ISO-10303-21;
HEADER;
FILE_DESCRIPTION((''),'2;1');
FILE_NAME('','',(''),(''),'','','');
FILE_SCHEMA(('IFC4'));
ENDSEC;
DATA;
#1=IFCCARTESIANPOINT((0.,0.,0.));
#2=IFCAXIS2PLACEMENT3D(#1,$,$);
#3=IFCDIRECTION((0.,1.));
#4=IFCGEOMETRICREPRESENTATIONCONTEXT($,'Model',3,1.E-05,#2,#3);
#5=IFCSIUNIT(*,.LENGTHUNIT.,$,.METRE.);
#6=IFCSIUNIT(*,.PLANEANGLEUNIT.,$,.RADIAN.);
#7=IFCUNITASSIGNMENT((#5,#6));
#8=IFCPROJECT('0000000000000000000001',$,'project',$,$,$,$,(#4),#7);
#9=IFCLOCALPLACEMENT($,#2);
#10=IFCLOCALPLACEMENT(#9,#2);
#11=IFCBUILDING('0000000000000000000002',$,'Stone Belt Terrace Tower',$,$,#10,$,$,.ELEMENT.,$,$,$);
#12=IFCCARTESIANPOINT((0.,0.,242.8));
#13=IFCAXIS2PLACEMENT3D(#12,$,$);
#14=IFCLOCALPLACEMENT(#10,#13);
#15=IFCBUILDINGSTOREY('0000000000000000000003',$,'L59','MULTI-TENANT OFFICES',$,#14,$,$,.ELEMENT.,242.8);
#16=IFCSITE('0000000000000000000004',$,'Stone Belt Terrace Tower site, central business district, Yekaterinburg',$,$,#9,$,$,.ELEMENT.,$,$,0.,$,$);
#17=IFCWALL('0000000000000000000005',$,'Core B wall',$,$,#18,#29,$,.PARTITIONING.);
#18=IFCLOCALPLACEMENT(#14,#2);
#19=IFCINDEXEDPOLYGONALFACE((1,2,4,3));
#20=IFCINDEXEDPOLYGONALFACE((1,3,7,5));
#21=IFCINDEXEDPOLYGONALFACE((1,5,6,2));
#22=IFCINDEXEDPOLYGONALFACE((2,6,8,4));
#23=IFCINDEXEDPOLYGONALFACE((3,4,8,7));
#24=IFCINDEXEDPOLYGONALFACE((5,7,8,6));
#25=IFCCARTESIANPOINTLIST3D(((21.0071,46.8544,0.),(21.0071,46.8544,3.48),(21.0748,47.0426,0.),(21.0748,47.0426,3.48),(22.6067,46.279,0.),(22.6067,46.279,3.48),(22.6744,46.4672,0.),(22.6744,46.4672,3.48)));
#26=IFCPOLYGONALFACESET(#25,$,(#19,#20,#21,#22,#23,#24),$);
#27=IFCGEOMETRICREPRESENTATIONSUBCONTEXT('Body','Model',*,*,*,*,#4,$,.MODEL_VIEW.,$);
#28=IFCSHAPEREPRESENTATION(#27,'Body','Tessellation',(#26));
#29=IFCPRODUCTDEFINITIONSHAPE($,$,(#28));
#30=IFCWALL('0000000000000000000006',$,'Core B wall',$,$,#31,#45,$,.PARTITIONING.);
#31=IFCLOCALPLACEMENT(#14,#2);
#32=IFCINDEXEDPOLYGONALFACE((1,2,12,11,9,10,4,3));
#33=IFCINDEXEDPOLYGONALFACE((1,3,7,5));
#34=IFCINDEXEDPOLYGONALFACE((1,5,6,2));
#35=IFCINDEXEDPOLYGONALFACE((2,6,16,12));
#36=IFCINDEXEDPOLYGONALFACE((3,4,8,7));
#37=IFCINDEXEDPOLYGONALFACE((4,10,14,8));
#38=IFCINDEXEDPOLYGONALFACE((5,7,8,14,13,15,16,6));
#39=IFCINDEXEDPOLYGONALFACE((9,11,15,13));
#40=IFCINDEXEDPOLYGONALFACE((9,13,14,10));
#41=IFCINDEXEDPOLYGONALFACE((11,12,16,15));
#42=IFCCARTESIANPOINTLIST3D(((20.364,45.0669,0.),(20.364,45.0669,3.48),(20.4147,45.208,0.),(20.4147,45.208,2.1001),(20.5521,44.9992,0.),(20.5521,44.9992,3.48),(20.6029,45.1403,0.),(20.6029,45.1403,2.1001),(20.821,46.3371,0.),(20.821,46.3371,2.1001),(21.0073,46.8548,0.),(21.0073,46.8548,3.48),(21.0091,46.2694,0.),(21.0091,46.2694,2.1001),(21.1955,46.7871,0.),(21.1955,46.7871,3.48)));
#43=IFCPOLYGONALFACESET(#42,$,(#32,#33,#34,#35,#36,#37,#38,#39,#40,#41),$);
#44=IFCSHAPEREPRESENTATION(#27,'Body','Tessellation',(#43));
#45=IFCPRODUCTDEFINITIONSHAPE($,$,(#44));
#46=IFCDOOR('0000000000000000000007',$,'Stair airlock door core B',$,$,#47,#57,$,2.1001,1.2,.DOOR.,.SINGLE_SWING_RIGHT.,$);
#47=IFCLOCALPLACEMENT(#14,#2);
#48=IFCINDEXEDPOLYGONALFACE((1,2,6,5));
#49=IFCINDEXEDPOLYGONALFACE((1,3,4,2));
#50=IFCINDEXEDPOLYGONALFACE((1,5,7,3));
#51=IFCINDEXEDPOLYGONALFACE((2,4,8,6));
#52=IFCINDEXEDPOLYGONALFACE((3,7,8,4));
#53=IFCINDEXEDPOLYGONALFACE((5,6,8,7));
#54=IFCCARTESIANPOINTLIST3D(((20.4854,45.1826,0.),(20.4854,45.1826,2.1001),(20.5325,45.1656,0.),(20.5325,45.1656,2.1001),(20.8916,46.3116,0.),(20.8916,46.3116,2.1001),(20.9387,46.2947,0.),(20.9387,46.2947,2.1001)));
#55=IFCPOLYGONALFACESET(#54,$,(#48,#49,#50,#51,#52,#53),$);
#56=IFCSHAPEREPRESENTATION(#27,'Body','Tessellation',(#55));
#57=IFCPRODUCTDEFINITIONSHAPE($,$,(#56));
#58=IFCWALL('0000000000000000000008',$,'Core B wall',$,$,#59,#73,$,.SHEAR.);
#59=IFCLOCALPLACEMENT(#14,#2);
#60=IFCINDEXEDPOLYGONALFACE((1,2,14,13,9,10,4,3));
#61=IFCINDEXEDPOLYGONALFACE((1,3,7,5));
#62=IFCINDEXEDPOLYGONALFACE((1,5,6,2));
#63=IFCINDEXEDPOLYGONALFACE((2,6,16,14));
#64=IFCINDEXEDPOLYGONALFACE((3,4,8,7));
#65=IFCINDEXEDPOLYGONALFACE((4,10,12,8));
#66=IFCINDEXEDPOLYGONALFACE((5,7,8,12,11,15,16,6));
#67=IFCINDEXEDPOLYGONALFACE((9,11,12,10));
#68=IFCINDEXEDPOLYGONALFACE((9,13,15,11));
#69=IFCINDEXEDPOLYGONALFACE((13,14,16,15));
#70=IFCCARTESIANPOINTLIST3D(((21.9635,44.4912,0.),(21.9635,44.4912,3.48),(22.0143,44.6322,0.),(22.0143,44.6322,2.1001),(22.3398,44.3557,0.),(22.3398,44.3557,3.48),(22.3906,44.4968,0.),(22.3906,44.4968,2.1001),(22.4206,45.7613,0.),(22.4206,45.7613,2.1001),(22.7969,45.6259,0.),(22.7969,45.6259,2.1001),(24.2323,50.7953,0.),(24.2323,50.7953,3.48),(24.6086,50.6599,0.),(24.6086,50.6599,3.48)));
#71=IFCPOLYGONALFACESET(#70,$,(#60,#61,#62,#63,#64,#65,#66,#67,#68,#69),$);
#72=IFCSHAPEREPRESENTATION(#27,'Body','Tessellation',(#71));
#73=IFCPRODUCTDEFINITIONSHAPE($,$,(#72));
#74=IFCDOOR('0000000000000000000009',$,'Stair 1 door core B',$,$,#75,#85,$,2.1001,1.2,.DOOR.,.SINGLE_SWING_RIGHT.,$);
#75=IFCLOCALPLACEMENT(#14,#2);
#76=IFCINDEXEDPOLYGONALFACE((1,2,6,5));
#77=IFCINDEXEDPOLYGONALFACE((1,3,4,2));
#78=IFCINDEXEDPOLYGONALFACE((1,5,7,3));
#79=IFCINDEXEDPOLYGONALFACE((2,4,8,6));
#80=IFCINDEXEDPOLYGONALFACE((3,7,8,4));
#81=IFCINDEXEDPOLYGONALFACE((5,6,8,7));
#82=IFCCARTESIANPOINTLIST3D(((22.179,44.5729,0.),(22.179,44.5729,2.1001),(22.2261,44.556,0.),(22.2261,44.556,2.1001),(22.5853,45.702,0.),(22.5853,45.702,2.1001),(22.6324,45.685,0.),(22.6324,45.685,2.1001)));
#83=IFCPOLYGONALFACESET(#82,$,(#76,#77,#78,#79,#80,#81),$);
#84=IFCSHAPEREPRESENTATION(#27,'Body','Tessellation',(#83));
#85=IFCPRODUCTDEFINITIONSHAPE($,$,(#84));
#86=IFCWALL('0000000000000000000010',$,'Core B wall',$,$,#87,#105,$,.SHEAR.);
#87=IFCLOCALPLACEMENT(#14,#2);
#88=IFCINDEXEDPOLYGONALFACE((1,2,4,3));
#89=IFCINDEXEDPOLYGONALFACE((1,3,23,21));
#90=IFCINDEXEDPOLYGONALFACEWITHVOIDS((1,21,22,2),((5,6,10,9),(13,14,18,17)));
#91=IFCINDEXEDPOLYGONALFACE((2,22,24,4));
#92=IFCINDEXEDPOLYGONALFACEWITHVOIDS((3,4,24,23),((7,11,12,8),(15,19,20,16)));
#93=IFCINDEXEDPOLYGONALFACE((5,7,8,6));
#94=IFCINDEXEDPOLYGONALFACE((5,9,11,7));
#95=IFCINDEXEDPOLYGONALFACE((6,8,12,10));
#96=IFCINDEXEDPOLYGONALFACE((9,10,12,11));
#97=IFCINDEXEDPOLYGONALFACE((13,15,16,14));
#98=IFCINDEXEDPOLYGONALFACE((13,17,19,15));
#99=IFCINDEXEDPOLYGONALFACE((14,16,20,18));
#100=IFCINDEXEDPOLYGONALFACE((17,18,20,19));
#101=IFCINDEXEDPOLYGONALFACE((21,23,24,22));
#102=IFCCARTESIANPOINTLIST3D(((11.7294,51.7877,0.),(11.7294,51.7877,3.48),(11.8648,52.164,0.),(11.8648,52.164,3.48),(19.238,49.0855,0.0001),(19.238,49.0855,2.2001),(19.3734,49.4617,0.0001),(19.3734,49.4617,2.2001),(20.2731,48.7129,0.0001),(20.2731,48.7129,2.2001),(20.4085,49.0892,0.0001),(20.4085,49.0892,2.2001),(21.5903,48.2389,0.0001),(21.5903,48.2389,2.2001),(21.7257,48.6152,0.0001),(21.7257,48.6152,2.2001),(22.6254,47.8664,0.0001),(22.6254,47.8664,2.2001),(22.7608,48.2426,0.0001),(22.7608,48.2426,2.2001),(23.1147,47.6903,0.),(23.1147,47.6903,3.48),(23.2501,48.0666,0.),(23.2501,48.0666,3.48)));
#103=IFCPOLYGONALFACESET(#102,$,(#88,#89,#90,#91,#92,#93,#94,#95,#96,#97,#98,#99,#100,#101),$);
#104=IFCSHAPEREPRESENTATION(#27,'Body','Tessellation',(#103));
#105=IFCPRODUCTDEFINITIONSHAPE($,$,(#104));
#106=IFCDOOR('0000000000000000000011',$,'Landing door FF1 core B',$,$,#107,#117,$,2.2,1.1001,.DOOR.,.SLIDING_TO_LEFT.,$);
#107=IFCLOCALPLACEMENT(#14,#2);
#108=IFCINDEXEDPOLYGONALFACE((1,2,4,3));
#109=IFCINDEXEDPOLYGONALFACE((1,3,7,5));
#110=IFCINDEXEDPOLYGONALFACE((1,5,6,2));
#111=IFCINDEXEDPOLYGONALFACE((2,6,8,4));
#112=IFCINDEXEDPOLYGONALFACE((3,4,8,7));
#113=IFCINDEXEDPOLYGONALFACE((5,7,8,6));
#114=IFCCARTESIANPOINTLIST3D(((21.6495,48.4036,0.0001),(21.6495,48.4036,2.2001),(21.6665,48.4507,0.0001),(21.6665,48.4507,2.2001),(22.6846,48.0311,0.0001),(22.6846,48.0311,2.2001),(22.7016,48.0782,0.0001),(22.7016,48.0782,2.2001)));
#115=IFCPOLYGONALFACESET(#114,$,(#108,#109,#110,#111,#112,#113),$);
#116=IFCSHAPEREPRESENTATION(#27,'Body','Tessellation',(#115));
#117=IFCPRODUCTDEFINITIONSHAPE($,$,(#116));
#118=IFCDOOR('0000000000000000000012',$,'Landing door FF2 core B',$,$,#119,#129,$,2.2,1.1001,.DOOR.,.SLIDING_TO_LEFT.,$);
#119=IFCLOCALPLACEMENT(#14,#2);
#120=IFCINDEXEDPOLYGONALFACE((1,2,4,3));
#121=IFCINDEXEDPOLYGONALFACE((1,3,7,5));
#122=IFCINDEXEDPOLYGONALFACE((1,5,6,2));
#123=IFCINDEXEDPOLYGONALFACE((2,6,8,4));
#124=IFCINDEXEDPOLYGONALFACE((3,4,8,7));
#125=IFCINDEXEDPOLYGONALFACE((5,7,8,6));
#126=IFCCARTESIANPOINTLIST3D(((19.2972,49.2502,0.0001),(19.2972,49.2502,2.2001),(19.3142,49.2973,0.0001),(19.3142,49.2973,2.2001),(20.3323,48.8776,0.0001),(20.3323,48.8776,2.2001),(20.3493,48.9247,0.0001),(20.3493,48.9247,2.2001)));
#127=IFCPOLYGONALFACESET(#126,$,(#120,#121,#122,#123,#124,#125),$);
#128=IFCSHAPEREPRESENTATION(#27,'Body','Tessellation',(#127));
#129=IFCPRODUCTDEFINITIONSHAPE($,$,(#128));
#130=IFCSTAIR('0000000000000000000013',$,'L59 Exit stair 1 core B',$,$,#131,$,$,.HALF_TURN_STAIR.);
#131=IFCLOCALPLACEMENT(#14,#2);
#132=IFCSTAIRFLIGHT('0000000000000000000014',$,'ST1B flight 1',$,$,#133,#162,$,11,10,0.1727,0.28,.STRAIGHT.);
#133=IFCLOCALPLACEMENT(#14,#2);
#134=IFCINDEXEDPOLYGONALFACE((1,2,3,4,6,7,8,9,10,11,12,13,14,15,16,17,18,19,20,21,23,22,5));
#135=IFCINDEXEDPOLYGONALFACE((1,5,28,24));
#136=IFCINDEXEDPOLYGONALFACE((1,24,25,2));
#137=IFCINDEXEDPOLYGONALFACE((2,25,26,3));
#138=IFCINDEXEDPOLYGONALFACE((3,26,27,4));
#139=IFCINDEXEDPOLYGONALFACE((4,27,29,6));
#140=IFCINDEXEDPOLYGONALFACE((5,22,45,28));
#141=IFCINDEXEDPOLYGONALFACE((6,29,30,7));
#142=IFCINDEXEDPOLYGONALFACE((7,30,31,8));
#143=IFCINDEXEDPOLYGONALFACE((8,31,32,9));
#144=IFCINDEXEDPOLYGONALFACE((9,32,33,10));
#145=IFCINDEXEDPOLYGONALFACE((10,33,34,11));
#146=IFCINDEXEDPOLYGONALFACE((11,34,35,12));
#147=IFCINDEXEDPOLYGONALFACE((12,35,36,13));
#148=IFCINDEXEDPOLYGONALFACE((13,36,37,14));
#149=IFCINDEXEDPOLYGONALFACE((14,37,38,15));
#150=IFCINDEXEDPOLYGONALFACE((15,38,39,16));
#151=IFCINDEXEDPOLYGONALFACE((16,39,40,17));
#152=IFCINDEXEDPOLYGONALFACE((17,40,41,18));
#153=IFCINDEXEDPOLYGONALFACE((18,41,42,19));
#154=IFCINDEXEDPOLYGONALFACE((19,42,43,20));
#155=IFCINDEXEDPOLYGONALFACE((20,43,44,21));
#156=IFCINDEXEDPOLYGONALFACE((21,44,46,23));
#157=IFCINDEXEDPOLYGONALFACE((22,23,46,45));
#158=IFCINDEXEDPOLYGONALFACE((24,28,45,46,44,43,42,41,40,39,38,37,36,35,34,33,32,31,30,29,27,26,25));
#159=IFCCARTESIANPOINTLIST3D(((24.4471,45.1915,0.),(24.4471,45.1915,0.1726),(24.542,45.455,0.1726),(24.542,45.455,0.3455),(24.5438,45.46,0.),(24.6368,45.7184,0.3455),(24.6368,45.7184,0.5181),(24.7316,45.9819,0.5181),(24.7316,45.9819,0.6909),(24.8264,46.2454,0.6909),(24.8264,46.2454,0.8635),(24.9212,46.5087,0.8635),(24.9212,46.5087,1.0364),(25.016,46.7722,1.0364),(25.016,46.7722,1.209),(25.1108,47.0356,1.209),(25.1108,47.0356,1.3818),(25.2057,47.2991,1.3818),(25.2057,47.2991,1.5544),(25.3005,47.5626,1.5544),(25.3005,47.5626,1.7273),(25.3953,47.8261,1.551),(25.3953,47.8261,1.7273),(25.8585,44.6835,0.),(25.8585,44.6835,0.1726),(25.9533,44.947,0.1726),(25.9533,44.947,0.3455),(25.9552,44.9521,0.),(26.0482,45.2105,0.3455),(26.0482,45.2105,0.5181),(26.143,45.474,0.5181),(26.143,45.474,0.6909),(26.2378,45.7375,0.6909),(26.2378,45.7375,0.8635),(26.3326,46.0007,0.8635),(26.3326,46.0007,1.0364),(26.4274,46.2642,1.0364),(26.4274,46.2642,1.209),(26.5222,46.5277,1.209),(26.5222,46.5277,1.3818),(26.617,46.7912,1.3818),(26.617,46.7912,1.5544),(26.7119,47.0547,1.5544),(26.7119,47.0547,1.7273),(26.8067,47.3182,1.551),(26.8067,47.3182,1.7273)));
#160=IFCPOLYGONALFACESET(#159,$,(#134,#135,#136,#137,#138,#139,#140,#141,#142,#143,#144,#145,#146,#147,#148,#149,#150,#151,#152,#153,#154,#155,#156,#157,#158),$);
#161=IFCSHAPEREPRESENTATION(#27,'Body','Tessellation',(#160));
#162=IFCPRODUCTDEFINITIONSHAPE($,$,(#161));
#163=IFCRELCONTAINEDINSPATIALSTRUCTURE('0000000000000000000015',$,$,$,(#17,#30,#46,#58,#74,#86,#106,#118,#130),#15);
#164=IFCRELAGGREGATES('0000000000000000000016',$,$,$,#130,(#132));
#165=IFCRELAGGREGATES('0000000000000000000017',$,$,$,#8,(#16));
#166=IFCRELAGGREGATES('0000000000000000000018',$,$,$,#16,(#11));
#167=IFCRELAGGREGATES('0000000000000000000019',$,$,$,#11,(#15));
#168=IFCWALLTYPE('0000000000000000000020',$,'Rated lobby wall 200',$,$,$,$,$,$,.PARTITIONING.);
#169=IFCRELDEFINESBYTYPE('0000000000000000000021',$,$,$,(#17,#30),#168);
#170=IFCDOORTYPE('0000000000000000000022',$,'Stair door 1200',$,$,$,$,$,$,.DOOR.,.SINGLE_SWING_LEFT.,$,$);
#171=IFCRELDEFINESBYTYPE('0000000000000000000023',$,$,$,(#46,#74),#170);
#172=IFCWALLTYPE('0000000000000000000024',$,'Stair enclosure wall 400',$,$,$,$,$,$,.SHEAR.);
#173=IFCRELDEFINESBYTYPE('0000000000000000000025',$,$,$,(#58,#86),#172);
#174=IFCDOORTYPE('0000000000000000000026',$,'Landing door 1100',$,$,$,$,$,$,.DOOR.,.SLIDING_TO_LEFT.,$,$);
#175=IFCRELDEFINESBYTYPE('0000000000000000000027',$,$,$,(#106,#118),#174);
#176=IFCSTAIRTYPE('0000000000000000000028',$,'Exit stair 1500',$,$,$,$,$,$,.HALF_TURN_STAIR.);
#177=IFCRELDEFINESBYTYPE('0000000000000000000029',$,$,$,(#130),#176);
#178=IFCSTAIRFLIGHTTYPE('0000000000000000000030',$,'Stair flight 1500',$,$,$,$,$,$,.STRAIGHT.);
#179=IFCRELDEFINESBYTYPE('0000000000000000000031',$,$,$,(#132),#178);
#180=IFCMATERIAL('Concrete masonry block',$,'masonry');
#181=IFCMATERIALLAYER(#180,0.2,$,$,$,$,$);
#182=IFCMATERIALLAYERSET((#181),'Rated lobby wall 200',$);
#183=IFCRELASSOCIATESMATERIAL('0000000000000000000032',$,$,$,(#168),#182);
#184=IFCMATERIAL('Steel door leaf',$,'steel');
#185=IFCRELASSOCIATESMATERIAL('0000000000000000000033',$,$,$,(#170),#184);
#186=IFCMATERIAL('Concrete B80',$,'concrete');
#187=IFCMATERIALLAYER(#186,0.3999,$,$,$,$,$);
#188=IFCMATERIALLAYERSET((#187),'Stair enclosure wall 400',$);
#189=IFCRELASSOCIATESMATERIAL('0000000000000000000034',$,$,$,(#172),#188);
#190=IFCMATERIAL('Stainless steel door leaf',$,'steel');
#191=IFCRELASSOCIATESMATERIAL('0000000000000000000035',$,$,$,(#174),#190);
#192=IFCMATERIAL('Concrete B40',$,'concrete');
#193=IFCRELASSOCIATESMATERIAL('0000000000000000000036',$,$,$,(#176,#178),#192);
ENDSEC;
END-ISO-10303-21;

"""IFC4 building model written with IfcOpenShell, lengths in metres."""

from ifc_helpers import new_model, si_unit, direction, frame, frame_2d, origin, place, context, subcontext, project, spatial, polyline, rectangle, outline, extrude, material, layer, layer_set, type_object, element, fill, aggregate, save


model = new_model("IFC4")

# Units and contexts
model_context = context("Model", 3, precision=1e-05, world=origin(), true_north=direction((0.0, 1.0)))
body_context = subcontext(model_context, "Body", "Model", "MODEL_VIEW")
ifc_project = project(units=[si_unit("LENGTHUNIT", "METRE"), si_unit("PLANEANGLEUNIT", "RADIAN")], contexts=[model_context])

# Site, building, storey
site_placement = place(None, origin())
site = spatial("IfcSite", under=ifc_project, at=site_placement, Name="Stone Belt Terrace Tower site, central business district, Yekaterinburg", CompositionType="ELEMENT", RefElevation=0.0)
building_placement = place(site_placement, origin())
building = spatial("IfcBuilding", under=site, at=building_placement, Name="Stone Belt Terrace Tower", CompositionType="ELEMENT")
storey_placement = place(building_placement, frame((0.0, 0.0, 242.8)))
storey = spatial("IfcBuildingStorey", under=building, at=storey_placement, Name="L59", Description="MULTI-TENANT OFFICES", CompositionType="ELEMENT", Elevation=242.8)

# Shared definitions
ifc_material_1 = material(Name="Concrete B80", Category="concrete")

# Wall
ifc_material_2 = material(Name="Concrete masonry block", Category="masonry")
ifc_layer_1 = layer(ifc_material_2, 0.2)
ifc_layer_set_1 = layer_set([ifc_layer_1], Name="Rated lobby wall 200")
wall_type_1 = type_object("IfcWallType", Name="Rated lobby wall 200", PredefinedType="PARTITIONING", material=ifc_layer_set_1)
wall_1_placement = place(storey_placement, frame((22.6406, 46.373, 0.0), z_axis=(0.0, 0.0, 1.0), x_axis=(-0.940966, 0.338501, 0.0)))
element("IfcWall", 1, at=wall_1_placement, inside=storey, type_object=wall_type_1, Name="Core B wall", PredefinedType="PARTITIONING", context=body_context, shape_type="SweptSolid", body=[
    extrude(rectangle(XDim=1.7, YDim=0.2, at=frame_2d((0.8501, 0.0))), origin(), (0.0, 0.0, 1.0), 3.48),
])

# Walls, openings, doors
wall_2_placement = place(storey_placement, frame((20.458, 45.033, 0.0), z_axis=(0.0, 0.0, 1.0), x_axis=(0.338574, 0.94094, 0.0)))
wall_2 = element("IfcWall", 2, at=wall_2_placement, inside=storey, type_object=wall_type_1, Name="Core B wall", PredefinedType="PARTITIONING", context=body_context, shape_type="SweptSolid", body=[
    extrude(rectangle(XDim=1.9001, YDim=0.2, at=frame_2d((0.9502, 0.0))), origin(), (0.0, 0.0, 1.0), 3.48),
])
opening_1_placement = place(wall_2_placement, frame((0.1499, 0.0, 0.0)))
opening_1 = element("IfcOpeningElement", 3, at=opening_1_placement, cuts=wall_2, PredefinedType="OPENING", context=body_context, shape_type="SweptSolid", body=[
    extrude(rectangle(XDim=1.2, YDim=2.1001, at=frame_2d((0.6001, 1.05))), frame((0.0, 0.1099, 0.0), z_axis=(0.0, -1.0, 0.0), x_axis=(1.0, 0.0, 0.0)), (0.0, 0.0, 1.0), 0.22),
])
ifc_material_3 = material(Name="Steel door leaf", Category="steel")
door_type_1 = type_object("IfcDoorType", Name="Stair door 1200", OperationType="SINGLE_SWING_LEFT", PredefinedType="DOOR", material=ifc_material_3)
door_1_placement = place(opening_1_placement, origin())
door_1 = element("IfcDoor", 4, at=door_1_placement, inside=storey, type_object=door_type_1, Name="Stair airlock door core B", OperationType="SINGLE_SWING_RIGHT", OverallHeight=2.1001, OverallWidth=1.2, PredefinedType="DOOR", context=body_context, shape_type="SweptSolid", body=[
    extrude(rectangle(XDim=1.2, YDim=2.1001, at=frame_2d((0.6001, 1.05))), frame((0.0, 0.0249, 0.0), z_axis=(0.0, -1.0, 0.0), x_axis=(1.0, 0.0, 0.0)), (0.0, 0.0, 1.0), 0.05),
])
fill(opening_1, door_1)
ifc_layer_2 = layer(ifc_material_1, 0.3999)
ifc_layer_set_2 = layer_set([ifc_layer_2], Name="Stair enclosure wall 400")
wall_type_2 = type_object("IfcWallType", Name="Stair enclosure wall 400", PredefinedType="SHEAR", material=ifc_layer_set_2)
wall_3_placement = place(storey_placement, frame((22.1516, 44.4233, 0.0), z_axis=(0.0, 0.0, 1.0), x_axis=(0.338625, 0.940921, 0.0)))
wall_3 = element("IfcWall", 5, at=wall_3_placement, inside=storey, type_object=wall_type_2, Name="Core B wall", PredefinedType="SHEAR", context=body_context, shape_type="SweptSolid", body=[
    extrude(rectangle(XDim=6.7, YDim=0.3999, at=frame_2d((3.3501, 0.0))), origin(), (0.0, 0.0, 1.0), 3.48),
])
opening_2_placement = place(wall_3_placement, frame((0.1499, 0.0, 0.0)))
opening_2 = element("IfcOpeningElement", 6, at=opening_2_placement, cuts=wall_3, PredefinedType="OPENING", context=body_context, shape_type="SweptSolid", body=[
    extrude(rectangle(XDim=1.2, YDim=2.1001, at=frame_2d((0.6001, 1.05))), frame((0.0, 0.21, 0.0), z_axis=(0.0, -1.0, 0.0), x_axis=(1.0, 0.0, 0.0)), (0.0, 0.0, 1.0), 0.4199),
])
door_2_placement = place(opening_2_placement, origin())
door_2 = element("IfcDoor", 7, at=door_2_placement, inside=storey, type_object=door_type_1, Name="Stair 1 door core B", OperationType="SINGLE_SWING_RIGHT", OverallHeight=2.1001, OverallWidth=1.2, PredefinedType="DOOR", context=body_context, shape_type="SweptSolid", body=[
    extrude(rectangle(XDim=1.2, YDim=2.1001, at=frame_2d((0.6001, 1.05))), frame((0.0, 0.0249, 0.0), z_axis=(0.0, -1.0, 0.0), x_axis=(1.0, 0.0, 0.0)), (0.0, 0.0, 1.0), 0.05),
])
fill(opening_2, door_2)

# Wall, openings, doors
wall_4_placement = place(storey_placement, frame((23.1824, 47.8784, 0.0), z_axis=(0.0, 0.0, 1.0), x_axis=(-0.940921, 0.338626, 0.0)))
wall_4 = element("IfcWall", 8, at=wall_4_placement, inside=storey, type_object=wall_type_2, Name="Core B wall", PredefinedType="SHEAR", context=body_context, shape_type="SweptSolid", body=[
    extrude(rectangle(XDim=12.1001, YDim=0.3999, at=frame_2d((6.05, 0.0))), origin(), (0.0, 0.0, 1.0), 3.48),
])
opening_3_placement = place(wall_4_placement, frame((0.52, 0.0, 0.0)))
opening_3 = element("IfcOpeningElement", 9, at=opening_3_placement, cuts=wall_4, PredefinedType="OPENING", context=body_context, shape_type="SweptSolid", body=[
    extrude(rectangle(XDim=1.1001, YDim=2.2, at=frame_2d((0.55, 1.1001))), frame((0.0, 0.21, 0.0), z_axis=(0.0, -1.0, 0.0), x_axis=(1.0, 0.0, 0.0)), (0.0, 0.0, 1.0), 0.4199),
])
opening_4_placement = place(wall_4_placement, frame((3.02, 0.0, 0.0)))
opening_4 = element("IfcOpeningElement", 10, at=opening_4_placement, cuts=wall_4, PredefinedType="OPENING", context=body_context, shape_type="SweptSolid", body=[
    extrude(rectangle(XDim=1.1001, YDim=2.2, at=frame_2d((0.55, 1.1001))), frame((0.0, 0.21, 0.0), z_axis=(0.0, -1.0, 0.0), x_axis=(1.0, 0.0, 0.0)), (0.0, 0.0, 1.0), 0.4199),
])
ifc_material_4 = material(Name="Stainless steel door leaf", Category="steel")
door_type_2 = type_object("IfcDoorType", Name="Landing door 1100", OperationType="SLIDING_TO_LEFT", PredefinedType="DOOR", material=ifc_material_4)
door_3_placement = place(opening_3_placement, origin())
door_3 = element("IfcDoor", 11, at=door_3_placement, inside=storey, type_object=door_type_2, Name="Landing door FF1 core B", OperationType="SLIDING_TO_LEFT", OverallHeight=2.2, OverallWidth=1.1001, PredefinedType="DOOR", context=body_context, shape_type="SweptSolid", body=[
    extrude(rectangle(XDim=1.1001, YDim=2.2, at=frame_2d((0.55, 1.1001))), frame((0.0, 0.0249, 0.0), z_axis=(0.0, -1.0, 0.0), x_axis=(1.0, 0.0, 0.0)), (0.0, 0.0, 1.0), 0.05),
])
fill(opening_3, door_3)
door_4_placement = place(opening_4_placement, origin())
door_4 = element("IfcDoor", 12, at=door_4_placement, inside=storey, type_object=door_type_2, Name="Landing door FF2 core B", OperationType="SLIDING_TO_LEFT", OverallHeight=2.2, OverallWidth=1.1001, PredefinedType="DOOR", context=body_context, shape_type="SweptSolid", body=[
    extrude(rectangle(XDim=1.1001, YDim=2.2, at=frame_2d((0.55, 1.1001))), frame((0.0, 0.0249, 0.0), z_axis=(0.0, -1.0, 0.0), x_axis=(1.0, 0.0, 0.0)), (0.0, 0.0, 1.0), 0.05),
])
fill(opening_4, door_4)

# Stair, stair flight
ifc_material_5 = material(Name="Concrete B40", Category="concrete")
stair_type = type_object("IfcStairType", Name="Exit stair 1500", PredefinedType="HALF_TURN_STAIR", material=ifc_material_5)
stair_placement = place(storey_placement, origin())
stair = element("IfcStair", 13, at=stair_placement, inside=storey, type_object=stair_type, Name="L59 Exit stair 1 core B", PredefinedType="HALF_TURN_STAIR")
stair_flight_type = type_object("IfcStairFlightType", Name="Stair flight 1500", PredefinedType="STRAIGHT", material=ifc_material_5)
stair_flight_1_placement = place(storey_placement, frame((25.1528, 44.9375, 0.0), z_axis=(0.0, 0.0, 1.0), x_axis=(0.338624, 0.940922, 0.0)))
stair_flight_1 = element("IfcStairFlight", 14, at=stair_flight_1_placement, type_object=stair_flight_type, Name="ST1B flight 1", NumberOfRisers=11, NumberOfTreads=10, PredefinedType="STRAIGHT", RiserHeight=0.1727, TreadLength=0.28, context=body_context, shape_type="SweptSolid", body=[
    extrude(outline(polyline([(0.0, 0.0), (0.0, 0.1726), (0.28, 0.1726), (0.28, 0.3455), (0.5601, 0.3455), (0.5601, 0.5181), (0.8401, 0.5181), (0.8401, 0.6909), (1.1201, 0.6909), (1.1201, 0.8635), (1.3999, 0.8635), (1.3999, 1.0364), (1.6799, 1.0364), (1.6799, 1.209), (1.96, 1.209), (1.96, 1.3818), (2.24, 1.3818), (2.24, 1.5544), (2.52, 1.5544), (2.52, 1.7273), (2.8, 1.7273), (2.8, 1.8999), (2.8, 1.551), (0.2854, 0.0), (0.0, 0.0)])), frame((0.0, 0.75, 0.0), z_axis=(0.0, -1.0, 0.0), x_axis=(1.0, 0.0, 0.0)), (0.0, 0.0, 1.0), 1.5),
])
aggregate(stair, [stair_flight_1])

save(model, "model.ifc")
